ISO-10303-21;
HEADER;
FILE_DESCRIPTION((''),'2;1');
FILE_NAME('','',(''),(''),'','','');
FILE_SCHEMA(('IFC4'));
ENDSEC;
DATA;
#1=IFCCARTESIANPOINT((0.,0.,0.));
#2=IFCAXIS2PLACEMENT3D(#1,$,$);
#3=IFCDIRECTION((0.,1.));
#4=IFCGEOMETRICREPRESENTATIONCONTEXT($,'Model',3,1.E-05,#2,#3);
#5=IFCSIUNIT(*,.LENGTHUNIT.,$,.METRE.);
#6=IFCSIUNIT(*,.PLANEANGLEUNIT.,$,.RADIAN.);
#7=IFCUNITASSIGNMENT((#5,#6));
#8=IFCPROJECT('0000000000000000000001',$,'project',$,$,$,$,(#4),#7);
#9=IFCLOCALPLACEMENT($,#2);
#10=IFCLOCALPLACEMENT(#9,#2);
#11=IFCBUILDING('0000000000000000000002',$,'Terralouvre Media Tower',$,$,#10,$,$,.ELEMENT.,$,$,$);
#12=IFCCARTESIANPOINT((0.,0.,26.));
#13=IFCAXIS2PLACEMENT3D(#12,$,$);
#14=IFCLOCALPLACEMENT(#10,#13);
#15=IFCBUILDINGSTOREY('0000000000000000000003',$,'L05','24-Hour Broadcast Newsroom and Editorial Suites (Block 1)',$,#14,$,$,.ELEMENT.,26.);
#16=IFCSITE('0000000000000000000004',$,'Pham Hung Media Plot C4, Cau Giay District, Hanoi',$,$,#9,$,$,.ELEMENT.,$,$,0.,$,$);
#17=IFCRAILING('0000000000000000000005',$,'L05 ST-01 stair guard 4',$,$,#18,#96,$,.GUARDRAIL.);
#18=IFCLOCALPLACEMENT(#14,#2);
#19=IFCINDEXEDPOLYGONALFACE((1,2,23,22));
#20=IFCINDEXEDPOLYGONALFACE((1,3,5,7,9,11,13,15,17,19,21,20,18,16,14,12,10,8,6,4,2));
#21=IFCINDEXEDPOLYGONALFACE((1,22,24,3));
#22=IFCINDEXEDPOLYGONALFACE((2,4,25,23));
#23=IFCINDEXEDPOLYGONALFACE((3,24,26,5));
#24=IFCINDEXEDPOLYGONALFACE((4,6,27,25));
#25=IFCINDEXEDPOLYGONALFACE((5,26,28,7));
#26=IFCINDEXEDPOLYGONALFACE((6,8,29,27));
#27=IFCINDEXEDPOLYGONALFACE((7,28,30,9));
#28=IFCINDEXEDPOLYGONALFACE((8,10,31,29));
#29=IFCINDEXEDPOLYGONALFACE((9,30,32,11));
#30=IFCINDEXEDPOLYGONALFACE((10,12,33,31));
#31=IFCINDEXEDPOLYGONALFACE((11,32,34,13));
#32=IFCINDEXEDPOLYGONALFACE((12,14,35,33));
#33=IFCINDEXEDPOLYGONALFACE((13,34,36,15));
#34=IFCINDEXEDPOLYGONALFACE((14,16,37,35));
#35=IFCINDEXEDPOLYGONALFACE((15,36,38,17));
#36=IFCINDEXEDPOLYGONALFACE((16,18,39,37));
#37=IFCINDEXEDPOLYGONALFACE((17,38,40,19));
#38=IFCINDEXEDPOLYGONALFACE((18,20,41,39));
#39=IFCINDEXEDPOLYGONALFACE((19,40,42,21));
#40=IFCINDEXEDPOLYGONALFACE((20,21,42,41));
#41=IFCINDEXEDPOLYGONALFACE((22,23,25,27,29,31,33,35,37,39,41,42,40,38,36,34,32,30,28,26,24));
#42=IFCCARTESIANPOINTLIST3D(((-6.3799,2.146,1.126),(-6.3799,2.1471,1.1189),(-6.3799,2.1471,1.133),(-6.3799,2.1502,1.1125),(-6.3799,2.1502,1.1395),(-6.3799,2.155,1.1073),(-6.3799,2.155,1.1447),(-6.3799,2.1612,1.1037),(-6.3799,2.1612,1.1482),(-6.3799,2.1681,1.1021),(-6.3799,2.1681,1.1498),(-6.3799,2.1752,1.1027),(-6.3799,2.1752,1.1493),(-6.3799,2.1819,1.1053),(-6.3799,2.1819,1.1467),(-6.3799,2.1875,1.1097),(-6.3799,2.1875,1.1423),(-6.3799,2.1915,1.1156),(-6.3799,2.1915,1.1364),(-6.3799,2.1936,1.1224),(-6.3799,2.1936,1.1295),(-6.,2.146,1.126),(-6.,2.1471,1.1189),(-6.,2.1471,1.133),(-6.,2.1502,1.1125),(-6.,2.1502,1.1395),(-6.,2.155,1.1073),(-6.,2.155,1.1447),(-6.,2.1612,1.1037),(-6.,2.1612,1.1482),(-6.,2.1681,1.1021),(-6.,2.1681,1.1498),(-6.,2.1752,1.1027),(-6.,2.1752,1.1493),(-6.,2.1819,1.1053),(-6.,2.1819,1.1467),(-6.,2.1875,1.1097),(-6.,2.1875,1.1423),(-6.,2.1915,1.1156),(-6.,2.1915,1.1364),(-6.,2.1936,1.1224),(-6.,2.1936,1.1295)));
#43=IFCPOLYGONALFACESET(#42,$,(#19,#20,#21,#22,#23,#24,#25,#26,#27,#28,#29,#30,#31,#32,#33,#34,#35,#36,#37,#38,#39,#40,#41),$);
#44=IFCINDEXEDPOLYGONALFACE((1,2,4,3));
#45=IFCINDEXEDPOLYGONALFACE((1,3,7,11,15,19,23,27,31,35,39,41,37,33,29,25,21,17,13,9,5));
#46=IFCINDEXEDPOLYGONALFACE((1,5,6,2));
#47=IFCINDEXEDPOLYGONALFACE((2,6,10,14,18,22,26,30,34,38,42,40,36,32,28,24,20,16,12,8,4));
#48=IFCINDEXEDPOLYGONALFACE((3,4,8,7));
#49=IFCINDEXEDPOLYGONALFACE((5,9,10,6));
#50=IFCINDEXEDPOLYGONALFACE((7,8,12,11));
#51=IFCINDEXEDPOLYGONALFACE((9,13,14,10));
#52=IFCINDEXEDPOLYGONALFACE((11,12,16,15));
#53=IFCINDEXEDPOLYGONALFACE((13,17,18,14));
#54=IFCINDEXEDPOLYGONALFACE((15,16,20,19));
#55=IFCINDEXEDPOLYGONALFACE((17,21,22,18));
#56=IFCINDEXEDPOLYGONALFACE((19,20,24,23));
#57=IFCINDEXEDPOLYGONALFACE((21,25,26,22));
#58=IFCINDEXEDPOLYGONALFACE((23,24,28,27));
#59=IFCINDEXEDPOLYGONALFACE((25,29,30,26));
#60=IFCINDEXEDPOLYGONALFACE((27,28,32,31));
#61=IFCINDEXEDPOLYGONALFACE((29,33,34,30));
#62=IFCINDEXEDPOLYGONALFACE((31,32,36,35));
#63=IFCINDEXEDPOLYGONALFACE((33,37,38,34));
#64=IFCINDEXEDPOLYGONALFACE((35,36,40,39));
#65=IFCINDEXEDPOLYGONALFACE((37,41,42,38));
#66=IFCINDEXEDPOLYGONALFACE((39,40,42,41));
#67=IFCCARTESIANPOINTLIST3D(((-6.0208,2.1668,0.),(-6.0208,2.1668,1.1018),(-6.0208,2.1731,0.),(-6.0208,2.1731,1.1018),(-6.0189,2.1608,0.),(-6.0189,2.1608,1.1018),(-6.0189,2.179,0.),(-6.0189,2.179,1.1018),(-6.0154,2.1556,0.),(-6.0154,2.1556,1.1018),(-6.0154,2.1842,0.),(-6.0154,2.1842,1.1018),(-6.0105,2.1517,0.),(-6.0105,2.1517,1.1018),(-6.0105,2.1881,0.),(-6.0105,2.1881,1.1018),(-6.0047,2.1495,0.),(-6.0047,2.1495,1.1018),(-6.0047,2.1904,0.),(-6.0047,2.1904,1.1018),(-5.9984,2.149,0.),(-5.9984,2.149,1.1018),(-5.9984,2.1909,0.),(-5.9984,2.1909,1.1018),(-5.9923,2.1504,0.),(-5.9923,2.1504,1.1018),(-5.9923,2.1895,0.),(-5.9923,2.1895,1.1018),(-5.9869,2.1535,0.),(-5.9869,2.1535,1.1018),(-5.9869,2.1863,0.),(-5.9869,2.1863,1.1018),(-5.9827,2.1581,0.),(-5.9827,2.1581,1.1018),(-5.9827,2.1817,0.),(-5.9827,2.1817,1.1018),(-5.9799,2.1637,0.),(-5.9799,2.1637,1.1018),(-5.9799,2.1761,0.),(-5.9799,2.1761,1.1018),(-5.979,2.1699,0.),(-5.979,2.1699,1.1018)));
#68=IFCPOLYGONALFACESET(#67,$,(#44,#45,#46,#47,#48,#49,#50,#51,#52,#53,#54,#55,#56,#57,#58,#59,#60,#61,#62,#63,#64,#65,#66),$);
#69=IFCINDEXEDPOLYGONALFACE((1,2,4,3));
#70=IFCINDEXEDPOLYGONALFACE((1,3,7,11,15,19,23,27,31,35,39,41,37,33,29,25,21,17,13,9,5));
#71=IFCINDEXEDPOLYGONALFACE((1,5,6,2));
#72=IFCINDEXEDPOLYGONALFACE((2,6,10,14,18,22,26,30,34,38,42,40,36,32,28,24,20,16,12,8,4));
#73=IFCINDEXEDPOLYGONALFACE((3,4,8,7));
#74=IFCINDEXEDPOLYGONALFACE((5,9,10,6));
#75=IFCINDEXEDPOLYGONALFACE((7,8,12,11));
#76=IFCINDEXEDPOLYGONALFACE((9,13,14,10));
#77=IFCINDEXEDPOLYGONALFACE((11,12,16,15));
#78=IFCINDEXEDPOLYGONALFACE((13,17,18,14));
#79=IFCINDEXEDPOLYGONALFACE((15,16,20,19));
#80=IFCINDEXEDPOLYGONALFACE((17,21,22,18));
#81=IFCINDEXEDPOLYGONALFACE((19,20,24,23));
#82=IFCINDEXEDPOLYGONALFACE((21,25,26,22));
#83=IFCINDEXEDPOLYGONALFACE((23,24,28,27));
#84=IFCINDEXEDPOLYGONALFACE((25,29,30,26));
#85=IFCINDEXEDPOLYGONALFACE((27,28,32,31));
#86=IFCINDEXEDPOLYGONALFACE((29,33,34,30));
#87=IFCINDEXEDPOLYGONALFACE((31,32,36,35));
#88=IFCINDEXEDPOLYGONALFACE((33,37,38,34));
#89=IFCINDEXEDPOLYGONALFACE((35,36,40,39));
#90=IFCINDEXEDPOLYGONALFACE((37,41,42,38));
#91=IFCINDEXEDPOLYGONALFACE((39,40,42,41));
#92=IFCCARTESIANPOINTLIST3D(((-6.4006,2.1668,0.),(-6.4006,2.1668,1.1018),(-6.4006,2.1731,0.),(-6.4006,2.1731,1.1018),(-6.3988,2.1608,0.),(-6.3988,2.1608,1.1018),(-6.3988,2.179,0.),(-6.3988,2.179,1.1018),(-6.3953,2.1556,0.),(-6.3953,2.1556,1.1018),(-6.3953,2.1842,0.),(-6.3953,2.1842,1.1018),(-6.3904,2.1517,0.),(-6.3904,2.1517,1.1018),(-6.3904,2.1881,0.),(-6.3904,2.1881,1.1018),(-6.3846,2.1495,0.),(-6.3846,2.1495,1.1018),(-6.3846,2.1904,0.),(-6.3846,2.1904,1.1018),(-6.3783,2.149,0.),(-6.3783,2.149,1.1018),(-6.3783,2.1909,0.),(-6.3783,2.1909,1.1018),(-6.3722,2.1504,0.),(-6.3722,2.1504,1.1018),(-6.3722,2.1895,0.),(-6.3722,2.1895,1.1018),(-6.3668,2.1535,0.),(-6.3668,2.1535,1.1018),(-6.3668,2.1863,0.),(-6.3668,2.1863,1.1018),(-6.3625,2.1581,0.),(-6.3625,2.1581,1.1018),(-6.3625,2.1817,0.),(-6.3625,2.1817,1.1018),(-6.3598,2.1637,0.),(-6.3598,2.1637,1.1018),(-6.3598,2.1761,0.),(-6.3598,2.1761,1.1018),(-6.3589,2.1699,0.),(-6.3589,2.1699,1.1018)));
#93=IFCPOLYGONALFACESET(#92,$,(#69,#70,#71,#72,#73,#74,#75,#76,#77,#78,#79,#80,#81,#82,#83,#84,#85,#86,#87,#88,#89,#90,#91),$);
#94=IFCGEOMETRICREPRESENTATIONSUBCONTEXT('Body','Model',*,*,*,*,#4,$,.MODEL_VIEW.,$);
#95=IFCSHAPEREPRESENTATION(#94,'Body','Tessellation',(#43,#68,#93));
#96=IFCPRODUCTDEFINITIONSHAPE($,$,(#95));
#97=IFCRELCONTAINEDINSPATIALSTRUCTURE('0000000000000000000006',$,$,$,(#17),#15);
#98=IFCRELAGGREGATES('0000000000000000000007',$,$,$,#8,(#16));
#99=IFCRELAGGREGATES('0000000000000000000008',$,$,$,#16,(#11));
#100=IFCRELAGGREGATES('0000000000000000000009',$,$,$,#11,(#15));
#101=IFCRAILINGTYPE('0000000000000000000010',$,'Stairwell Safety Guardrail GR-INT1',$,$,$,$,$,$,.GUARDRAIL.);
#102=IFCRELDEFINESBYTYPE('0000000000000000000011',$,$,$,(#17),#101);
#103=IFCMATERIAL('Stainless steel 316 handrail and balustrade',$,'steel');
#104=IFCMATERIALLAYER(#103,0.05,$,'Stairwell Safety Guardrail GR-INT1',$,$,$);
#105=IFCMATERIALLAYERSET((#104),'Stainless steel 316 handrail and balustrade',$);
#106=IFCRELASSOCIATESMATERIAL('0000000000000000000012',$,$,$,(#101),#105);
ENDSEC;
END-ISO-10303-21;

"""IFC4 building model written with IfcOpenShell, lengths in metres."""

from ifc_helpers import new_model, si_unit, direction, frame, origin, origin_2d, place, context, subcontext, project, spatial, circle, extrude, material, layer, layer_set, type_object, element, save


model = new_model("IFC4")

# Units and contexts
model_context = context("Model", 3, precision=1e-05, world=origin(), true_north=direction((0.0, 1.0)))
body_context = subcontext(model_context, "Body", "Model", "MODEL_VIEW")
ifc_project = project(units=[si_unit("LENGTHUNIT", "METRE"), si_unit("PLANEANGLEUNIT", "RADIAN")], contexts=[model_context])

# Site, building, storey
site_placement = place(None, origin())
site = spatial("IfcSite", under=ifc_project, at=site_placement, Name="Pham Hung Media Plot C4, Cau Giay District, Hanoi", CompositionType="ELEMENT", RefElevation=0.0)
building_placement = place(site_placement, origin())
building = spatial("IfcBuilding", under=site, at=building_placement, Name="Terralouvre Media Tower", CompositionType="ELEMENT")
storey_placement = place(building_placement, frame((0.0, 0.0, 26.0)))
storey = spatial("IfcBuildingStorey", under=building, at=storey_placement, Name="L05", Description="24-Hour Broadcast Newsroom and Editorial Suites (Block 1)", CompositionType="ELEMENT", Elevation=26.0)

# Railing
ifc_material_1 = material(Name="Stainless steel 316 handrail and balustrade", Category="steel")
ifc_layer_1 = layer(ifc_material_1, 0.05, Name="Stairwell Safety Guardrail GR-INT1")
ifc_layer_set_1 = layer_set([ifc_layer_1], Name="Stainless steel 316 handrail and balustrade")
railing_type_1 = type_object("IfcRailingType", Name="Stairwell Safety Guardrail GR-INT1", PredefinedType="GUARDRAIL", material=ifc_layer_set_1)
railing_1_placement = place(storey_placement, frame((-6.0, 2.1699, 0.0)))
element("IfcRailing", 1, at=railing_1_placement, inside=storey, type_object=railing_type_1, Name="L05 ST-01 stair guard 4", PredefinedType="GUARDRAIL", context=body_context, shape_type="SweptSolid", body=[
    extrude(circle(Radius=0.0239, at=origin_2d()), frame((0.0, 0.0, 1.126), z_axis=(-1.0, 0.0, 0.0), x_axis=(0.0, -1.0, 0.0)), (0.0, 0.0, 1.0), 0.3799),
    extrude(circle(Radius=0.021, at=origin_2d()), origin(), (0.0, 0.0, 1.0), 1.1018),
    extrude(circle(Radius=0.021, at=origin_2d()), frame((-0.3799, 0.0, 0.0)), (0.0, 0.0, 1.0), 1.1018),
])

save(model, "model.ifc")
